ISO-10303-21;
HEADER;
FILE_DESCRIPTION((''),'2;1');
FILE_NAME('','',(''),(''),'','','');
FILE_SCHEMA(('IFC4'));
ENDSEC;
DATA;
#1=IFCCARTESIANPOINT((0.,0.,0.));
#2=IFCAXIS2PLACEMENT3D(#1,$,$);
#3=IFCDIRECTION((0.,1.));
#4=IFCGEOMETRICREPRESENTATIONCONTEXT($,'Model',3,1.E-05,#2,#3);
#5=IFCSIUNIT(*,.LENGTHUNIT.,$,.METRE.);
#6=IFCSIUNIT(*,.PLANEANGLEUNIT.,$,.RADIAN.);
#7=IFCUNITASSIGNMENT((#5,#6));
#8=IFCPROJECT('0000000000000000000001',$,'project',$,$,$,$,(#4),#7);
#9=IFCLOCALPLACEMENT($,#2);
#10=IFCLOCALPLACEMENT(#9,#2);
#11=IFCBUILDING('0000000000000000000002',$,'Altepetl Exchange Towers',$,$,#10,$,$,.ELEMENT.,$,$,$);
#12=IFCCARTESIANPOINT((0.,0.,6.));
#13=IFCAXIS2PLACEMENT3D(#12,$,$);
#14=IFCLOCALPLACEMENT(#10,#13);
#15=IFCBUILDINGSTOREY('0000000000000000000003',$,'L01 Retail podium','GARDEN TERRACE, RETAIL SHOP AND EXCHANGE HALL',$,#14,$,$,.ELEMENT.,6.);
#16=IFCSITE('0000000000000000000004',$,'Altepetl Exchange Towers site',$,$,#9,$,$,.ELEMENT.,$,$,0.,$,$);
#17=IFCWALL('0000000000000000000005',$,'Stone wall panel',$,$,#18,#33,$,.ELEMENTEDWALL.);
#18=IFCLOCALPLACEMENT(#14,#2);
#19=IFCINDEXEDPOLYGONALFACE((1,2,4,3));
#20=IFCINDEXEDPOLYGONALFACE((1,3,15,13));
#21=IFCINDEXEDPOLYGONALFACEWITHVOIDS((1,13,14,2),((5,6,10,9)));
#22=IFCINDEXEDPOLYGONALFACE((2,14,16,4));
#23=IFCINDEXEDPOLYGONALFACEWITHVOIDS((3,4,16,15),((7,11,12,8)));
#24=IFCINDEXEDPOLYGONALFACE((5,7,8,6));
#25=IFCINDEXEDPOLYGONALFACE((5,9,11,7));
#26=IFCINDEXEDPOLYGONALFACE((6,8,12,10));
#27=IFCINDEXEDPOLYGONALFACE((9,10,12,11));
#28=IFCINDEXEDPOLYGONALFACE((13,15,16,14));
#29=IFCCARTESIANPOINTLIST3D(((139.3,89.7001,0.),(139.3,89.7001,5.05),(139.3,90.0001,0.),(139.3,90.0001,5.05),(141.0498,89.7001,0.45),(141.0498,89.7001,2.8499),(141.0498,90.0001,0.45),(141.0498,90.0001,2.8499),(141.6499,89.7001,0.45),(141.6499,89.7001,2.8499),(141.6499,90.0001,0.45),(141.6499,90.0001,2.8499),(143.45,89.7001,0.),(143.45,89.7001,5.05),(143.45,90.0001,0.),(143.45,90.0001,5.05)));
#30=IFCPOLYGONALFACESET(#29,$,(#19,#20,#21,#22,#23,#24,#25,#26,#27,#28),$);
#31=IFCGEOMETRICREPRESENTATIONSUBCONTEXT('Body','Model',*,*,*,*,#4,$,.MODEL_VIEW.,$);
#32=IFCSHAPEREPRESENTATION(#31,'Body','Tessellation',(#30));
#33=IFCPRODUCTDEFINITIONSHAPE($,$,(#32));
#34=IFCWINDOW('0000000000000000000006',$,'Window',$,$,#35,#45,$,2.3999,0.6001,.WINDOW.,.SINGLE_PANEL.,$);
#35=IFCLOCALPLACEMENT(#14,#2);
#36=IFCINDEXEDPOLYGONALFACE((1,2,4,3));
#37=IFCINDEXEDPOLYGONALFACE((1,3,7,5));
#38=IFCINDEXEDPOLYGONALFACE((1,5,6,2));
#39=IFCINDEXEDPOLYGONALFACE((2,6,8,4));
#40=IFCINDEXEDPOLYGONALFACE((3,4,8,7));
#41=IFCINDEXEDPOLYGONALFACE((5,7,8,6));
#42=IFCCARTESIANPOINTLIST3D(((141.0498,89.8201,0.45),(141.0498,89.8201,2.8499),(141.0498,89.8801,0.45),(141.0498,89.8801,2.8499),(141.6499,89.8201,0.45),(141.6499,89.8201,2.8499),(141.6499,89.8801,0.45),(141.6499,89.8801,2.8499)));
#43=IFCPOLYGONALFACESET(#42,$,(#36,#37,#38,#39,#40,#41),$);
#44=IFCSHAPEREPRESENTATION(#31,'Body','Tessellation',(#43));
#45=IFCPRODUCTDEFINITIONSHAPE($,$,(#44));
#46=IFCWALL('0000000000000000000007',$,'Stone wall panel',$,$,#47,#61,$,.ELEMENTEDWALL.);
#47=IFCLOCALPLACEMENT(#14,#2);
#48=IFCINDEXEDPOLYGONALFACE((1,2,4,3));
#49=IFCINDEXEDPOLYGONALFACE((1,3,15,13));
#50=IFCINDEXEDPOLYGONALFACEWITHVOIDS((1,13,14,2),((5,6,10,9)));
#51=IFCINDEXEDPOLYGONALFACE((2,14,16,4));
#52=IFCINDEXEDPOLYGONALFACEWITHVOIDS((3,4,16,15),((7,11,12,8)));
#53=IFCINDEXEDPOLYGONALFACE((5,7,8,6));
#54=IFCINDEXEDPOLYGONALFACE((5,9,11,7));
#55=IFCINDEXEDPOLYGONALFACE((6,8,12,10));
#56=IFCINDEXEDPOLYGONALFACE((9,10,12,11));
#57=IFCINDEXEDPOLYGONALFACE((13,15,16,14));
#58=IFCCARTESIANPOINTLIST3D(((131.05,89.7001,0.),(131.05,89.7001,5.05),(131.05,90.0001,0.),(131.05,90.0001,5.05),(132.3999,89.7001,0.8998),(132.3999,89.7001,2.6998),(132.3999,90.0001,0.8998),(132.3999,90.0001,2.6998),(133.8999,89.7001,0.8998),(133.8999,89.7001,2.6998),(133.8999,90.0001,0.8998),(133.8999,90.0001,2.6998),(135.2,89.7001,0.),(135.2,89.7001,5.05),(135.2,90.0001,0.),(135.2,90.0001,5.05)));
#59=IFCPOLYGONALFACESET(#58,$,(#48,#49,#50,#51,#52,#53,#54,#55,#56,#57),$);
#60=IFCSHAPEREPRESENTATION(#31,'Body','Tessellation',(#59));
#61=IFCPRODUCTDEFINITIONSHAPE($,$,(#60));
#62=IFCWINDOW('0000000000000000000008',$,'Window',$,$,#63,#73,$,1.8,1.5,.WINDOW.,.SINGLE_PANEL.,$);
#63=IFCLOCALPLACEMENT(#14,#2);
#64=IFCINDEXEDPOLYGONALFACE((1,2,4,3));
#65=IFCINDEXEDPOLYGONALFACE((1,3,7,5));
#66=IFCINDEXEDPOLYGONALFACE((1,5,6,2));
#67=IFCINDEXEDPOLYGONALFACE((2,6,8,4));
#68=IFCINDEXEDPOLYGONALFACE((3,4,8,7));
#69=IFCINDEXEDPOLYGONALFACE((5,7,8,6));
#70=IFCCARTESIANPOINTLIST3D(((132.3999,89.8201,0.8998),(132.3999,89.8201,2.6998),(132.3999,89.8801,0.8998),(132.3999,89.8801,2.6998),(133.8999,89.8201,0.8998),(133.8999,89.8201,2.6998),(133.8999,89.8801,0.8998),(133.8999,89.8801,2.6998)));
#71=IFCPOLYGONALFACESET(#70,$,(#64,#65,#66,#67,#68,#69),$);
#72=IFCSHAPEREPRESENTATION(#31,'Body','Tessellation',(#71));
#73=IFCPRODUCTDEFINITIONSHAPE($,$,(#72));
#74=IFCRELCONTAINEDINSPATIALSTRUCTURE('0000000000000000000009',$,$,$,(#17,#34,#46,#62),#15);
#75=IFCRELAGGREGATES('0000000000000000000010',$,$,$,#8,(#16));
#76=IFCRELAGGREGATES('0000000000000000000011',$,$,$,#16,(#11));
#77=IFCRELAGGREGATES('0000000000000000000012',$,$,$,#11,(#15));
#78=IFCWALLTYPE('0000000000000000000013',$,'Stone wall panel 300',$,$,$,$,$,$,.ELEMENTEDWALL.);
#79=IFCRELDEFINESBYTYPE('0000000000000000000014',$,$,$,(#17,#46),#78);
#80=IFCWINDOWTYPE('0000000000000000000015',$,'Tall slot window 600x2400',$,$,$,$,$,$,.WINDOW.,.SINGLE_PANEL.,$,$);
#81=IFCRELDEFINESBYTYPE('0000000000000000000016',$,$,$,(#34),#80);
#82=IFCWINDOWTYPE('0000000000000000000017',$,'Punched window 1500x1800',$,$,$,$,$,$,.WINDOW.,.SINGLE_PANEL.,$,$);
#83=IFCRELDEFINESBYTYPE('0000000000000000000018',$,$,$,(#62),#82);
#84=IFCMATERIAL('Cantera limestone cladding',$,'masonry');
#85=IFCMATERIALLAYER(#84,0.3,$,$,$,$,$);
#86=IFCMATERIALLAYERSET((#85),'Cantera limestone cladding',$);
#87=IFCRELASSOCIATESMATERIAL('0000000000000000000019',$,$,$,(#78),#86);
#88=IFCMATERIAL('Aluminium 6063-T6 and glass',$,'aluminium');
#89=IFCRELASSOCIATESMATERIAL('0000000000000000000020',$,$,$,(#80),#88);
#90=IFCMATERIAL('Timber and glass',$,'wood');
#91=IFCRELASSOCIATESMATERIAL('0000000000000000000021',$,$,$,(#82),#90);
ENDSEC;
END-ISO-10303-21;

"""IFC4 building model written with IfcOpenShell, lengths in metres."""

from ifc_helpers import new_model, si_unit, direction, frame, frame_2d, origin, place, context, subcontext, project, spatial, rectangle, extrude, material, layer, layer_set, type_object, element, fill, save


model = new_model("IFC4")

# Units and contexts
model_context = context("Model", 3, precision=1e-05, world=origin(), true_north=direction((0.0, 1.0)))
body_context = subcontext(model_context, "Body", "Model", "MODEL_VIEW")
ifc_project = project(units=[si_unit("LENGTHUNIT", "METRE"), si_unit("PLANEANGLEUNIT", "RADIAN")], contexts=[model_context])

# Site, building, storey
site_placement = place(None, origin())
site = spatial("IfcSite", under=ifc_project, at=site_placement, Name="Altepetl Exchange Towers site", CompositionType="ELEMENT", RefElevation=0.0)
building_placement = place(site_placement, origin())
building = spatial("IfcBuilding", under=site, at=building_placement, Name="Altepetl Exchange Towers", CompositionType="ELEMENT")
storey_placement = place(building_placement, frame((0.0, 0.0, 6.0)))
storey = spatial("IfcBuildingStorey", under=building, at=storey_placement, Name="L01 Retail podium", Description="GARDEN TERRACE, RETAIL SHOP AND EXCHANGE HALL", CompositionType="ELEMENT", Elevation=6.0)

# Shared definitions
ifc_material_1 = material(Name="Aluminium 6063-T6 and glass", Category="aluminium")

# Walls, openings, windows
ifc_material_2 = material(Name="Cantera limestone cladding", Category="masonry")
ifc_layer_1 = layer(ifc_material_2, 0.3)
ifc_layer_set_1 = layer_set([ifc_layer_1], Name="Cantera limestone cladding")
wall_type_1 = type_object("IfcWallType", Name="Stone wall panel 300", PredefinedType="ELEMENTEDWALL", material=ifc_layer_set_1)
window_type_1 = type_object("IfcWindowType", Name="Tall slot window 600x2400", PartitioningType="SINGLE_PANEL", PredefinedType="WINDOW", material=ifc_material_1)
wall_1_placement = place(storey_placement, frame((143.45, 89.8501, 0.0), z_axis=(0.0, 0.0, 1.0), x_axis=(-1.0, 0.0, 0.0)))
wall_1 = element("IfcWall", 1, at=wall_1_placement, inside=storey, type_object=wall_type_1, Name="Stone wall panel", PredefinedType="ELEMENTEDWALL", context=body_context, shape_type="SweptSolid", body=[
    extrude(rectangle(XDim=4.1499, YDim=0.3, at=frame_2d((2.075, 0.0))), origin(), (0.0, 0.0, 1.0), 5.05),
])
opening_1_placement = place(wall_1_placement, frame((1.8, 0.0, 0.45)))
opening_1 = element("IfcOpeningElement", 2, at=opening_1_placement, cuts=wall_1, PredefinedType="OPENING", context=body_context, shape_type="SweptSolid", body=[
    extrude(rectangle(XDim=0.6001, YDim=2.3999, at=frame_2d((0.3, 1.2))), frame((0.0, 0.1602, 0.0), z_axis=(0.0, -1.0, 0.0), x_axis=(1.0, 0.0, 0.0)), (0.0, 0.0, 1.0), 0.3201),
])
window_1_placement = place(opening_1_placement, origin())
window_1 = element("IfcWindow", 3, at=window_1_placement, inside=storey, type_object=window_type_1, Name="Window", OverallHeight=2.3999, OverallWidth=0.6001, PartitioningType="SINGLE_PANEL", PredefinedType="WINDOW", context=body_context, shape_type="SweptSolid", body=[
    extrude(rectangle(XDim=0.6001, YDim=2.3999, at=frame_2d((0.3, 1.2))), frame((0.0, 0.03, 0.0), z_axis=(0.0, -1.0, 0.0), x_axis=(1.0, 0.0, 0.0)), (0.0, 0.0, 1.0), 0.0601),
])
fill(opening_1, window_1)
wall_2_placement = place(storey_placement, frame((135.2, 89.8501, 0.0), z_axis=(0.0, 0.0, 1.0), x_axis=(-1.0, 0.0, 0.0)))
wall_2 = element("IfcWall", 4, at=wall_2_placement, inside=storey, type_object=wall_type_1, Name="Stone wall panel", PredefinedType="ELEMENTEDWALL", context=body_context, shape_type="SweptSolid", body=[
    extrude(rectangle(XDim=4.1499, YDim=0.3, at=frame_2d((2.075, 0.0))), origin(), (0.0, 0.0, 1.0), 5.05),
])
opening_2_placement = place(wall_2_placement, frame((1.3, 0.0, 0.8999)))
opening_2 = element("IfcOpeningElement", 5, at=opening_2_placement, cuts=wall_2, PredefinedType="OPENING", context=body_context, shape_type="SweptSolid", body=[
    extrude(rectangle(XDim=1.5, YDim=1.8, at=frame_2d((0.75, 0.8999))), frame((0.0, 0.1602, 0.0), z_axis=(0.0, -1.0, 0.0), x_axis=(1.0, 0.0, 0.0)), (0.0, 0.0, 1.0), 0.3201),
])
ifc_material_3 = material(Name="Timber and glass", Category="wood")
window_type_2 = type_object("IfcWindowType", Name="Punched window 1500x1800", PartitioningType="SINGLE_PANEL", PredefinedType="WINDOW", material=ifc_material_3)
window_2_placement = place(opening_2_placement, origin())
window_2 = element("IfcWindow", 6, at=window_2_placement, inside=storey, type_object=window_type_2, Name="Window", OverallHeight=1.8, OverallWidth=1.5, PartitioningType="SINGLE_PANEL", PredefinedType="WINDOW", context=body_context, shape_type="SweptSolid", body=[
    extrude(rectangle(XDim=1.5, YDim=1.8, at=frame_2d((0.75, 0.8999))), frame((0.0, 0.03, 0.0), z_axis=(0.0, -1.0, 0.0), x_axis=(1.0, 0.0, 0.0)), (0.0, 0.0, 1.0), 0.0601),
])
fill(opening_2, window_2)

save(model, "model.ifc")
